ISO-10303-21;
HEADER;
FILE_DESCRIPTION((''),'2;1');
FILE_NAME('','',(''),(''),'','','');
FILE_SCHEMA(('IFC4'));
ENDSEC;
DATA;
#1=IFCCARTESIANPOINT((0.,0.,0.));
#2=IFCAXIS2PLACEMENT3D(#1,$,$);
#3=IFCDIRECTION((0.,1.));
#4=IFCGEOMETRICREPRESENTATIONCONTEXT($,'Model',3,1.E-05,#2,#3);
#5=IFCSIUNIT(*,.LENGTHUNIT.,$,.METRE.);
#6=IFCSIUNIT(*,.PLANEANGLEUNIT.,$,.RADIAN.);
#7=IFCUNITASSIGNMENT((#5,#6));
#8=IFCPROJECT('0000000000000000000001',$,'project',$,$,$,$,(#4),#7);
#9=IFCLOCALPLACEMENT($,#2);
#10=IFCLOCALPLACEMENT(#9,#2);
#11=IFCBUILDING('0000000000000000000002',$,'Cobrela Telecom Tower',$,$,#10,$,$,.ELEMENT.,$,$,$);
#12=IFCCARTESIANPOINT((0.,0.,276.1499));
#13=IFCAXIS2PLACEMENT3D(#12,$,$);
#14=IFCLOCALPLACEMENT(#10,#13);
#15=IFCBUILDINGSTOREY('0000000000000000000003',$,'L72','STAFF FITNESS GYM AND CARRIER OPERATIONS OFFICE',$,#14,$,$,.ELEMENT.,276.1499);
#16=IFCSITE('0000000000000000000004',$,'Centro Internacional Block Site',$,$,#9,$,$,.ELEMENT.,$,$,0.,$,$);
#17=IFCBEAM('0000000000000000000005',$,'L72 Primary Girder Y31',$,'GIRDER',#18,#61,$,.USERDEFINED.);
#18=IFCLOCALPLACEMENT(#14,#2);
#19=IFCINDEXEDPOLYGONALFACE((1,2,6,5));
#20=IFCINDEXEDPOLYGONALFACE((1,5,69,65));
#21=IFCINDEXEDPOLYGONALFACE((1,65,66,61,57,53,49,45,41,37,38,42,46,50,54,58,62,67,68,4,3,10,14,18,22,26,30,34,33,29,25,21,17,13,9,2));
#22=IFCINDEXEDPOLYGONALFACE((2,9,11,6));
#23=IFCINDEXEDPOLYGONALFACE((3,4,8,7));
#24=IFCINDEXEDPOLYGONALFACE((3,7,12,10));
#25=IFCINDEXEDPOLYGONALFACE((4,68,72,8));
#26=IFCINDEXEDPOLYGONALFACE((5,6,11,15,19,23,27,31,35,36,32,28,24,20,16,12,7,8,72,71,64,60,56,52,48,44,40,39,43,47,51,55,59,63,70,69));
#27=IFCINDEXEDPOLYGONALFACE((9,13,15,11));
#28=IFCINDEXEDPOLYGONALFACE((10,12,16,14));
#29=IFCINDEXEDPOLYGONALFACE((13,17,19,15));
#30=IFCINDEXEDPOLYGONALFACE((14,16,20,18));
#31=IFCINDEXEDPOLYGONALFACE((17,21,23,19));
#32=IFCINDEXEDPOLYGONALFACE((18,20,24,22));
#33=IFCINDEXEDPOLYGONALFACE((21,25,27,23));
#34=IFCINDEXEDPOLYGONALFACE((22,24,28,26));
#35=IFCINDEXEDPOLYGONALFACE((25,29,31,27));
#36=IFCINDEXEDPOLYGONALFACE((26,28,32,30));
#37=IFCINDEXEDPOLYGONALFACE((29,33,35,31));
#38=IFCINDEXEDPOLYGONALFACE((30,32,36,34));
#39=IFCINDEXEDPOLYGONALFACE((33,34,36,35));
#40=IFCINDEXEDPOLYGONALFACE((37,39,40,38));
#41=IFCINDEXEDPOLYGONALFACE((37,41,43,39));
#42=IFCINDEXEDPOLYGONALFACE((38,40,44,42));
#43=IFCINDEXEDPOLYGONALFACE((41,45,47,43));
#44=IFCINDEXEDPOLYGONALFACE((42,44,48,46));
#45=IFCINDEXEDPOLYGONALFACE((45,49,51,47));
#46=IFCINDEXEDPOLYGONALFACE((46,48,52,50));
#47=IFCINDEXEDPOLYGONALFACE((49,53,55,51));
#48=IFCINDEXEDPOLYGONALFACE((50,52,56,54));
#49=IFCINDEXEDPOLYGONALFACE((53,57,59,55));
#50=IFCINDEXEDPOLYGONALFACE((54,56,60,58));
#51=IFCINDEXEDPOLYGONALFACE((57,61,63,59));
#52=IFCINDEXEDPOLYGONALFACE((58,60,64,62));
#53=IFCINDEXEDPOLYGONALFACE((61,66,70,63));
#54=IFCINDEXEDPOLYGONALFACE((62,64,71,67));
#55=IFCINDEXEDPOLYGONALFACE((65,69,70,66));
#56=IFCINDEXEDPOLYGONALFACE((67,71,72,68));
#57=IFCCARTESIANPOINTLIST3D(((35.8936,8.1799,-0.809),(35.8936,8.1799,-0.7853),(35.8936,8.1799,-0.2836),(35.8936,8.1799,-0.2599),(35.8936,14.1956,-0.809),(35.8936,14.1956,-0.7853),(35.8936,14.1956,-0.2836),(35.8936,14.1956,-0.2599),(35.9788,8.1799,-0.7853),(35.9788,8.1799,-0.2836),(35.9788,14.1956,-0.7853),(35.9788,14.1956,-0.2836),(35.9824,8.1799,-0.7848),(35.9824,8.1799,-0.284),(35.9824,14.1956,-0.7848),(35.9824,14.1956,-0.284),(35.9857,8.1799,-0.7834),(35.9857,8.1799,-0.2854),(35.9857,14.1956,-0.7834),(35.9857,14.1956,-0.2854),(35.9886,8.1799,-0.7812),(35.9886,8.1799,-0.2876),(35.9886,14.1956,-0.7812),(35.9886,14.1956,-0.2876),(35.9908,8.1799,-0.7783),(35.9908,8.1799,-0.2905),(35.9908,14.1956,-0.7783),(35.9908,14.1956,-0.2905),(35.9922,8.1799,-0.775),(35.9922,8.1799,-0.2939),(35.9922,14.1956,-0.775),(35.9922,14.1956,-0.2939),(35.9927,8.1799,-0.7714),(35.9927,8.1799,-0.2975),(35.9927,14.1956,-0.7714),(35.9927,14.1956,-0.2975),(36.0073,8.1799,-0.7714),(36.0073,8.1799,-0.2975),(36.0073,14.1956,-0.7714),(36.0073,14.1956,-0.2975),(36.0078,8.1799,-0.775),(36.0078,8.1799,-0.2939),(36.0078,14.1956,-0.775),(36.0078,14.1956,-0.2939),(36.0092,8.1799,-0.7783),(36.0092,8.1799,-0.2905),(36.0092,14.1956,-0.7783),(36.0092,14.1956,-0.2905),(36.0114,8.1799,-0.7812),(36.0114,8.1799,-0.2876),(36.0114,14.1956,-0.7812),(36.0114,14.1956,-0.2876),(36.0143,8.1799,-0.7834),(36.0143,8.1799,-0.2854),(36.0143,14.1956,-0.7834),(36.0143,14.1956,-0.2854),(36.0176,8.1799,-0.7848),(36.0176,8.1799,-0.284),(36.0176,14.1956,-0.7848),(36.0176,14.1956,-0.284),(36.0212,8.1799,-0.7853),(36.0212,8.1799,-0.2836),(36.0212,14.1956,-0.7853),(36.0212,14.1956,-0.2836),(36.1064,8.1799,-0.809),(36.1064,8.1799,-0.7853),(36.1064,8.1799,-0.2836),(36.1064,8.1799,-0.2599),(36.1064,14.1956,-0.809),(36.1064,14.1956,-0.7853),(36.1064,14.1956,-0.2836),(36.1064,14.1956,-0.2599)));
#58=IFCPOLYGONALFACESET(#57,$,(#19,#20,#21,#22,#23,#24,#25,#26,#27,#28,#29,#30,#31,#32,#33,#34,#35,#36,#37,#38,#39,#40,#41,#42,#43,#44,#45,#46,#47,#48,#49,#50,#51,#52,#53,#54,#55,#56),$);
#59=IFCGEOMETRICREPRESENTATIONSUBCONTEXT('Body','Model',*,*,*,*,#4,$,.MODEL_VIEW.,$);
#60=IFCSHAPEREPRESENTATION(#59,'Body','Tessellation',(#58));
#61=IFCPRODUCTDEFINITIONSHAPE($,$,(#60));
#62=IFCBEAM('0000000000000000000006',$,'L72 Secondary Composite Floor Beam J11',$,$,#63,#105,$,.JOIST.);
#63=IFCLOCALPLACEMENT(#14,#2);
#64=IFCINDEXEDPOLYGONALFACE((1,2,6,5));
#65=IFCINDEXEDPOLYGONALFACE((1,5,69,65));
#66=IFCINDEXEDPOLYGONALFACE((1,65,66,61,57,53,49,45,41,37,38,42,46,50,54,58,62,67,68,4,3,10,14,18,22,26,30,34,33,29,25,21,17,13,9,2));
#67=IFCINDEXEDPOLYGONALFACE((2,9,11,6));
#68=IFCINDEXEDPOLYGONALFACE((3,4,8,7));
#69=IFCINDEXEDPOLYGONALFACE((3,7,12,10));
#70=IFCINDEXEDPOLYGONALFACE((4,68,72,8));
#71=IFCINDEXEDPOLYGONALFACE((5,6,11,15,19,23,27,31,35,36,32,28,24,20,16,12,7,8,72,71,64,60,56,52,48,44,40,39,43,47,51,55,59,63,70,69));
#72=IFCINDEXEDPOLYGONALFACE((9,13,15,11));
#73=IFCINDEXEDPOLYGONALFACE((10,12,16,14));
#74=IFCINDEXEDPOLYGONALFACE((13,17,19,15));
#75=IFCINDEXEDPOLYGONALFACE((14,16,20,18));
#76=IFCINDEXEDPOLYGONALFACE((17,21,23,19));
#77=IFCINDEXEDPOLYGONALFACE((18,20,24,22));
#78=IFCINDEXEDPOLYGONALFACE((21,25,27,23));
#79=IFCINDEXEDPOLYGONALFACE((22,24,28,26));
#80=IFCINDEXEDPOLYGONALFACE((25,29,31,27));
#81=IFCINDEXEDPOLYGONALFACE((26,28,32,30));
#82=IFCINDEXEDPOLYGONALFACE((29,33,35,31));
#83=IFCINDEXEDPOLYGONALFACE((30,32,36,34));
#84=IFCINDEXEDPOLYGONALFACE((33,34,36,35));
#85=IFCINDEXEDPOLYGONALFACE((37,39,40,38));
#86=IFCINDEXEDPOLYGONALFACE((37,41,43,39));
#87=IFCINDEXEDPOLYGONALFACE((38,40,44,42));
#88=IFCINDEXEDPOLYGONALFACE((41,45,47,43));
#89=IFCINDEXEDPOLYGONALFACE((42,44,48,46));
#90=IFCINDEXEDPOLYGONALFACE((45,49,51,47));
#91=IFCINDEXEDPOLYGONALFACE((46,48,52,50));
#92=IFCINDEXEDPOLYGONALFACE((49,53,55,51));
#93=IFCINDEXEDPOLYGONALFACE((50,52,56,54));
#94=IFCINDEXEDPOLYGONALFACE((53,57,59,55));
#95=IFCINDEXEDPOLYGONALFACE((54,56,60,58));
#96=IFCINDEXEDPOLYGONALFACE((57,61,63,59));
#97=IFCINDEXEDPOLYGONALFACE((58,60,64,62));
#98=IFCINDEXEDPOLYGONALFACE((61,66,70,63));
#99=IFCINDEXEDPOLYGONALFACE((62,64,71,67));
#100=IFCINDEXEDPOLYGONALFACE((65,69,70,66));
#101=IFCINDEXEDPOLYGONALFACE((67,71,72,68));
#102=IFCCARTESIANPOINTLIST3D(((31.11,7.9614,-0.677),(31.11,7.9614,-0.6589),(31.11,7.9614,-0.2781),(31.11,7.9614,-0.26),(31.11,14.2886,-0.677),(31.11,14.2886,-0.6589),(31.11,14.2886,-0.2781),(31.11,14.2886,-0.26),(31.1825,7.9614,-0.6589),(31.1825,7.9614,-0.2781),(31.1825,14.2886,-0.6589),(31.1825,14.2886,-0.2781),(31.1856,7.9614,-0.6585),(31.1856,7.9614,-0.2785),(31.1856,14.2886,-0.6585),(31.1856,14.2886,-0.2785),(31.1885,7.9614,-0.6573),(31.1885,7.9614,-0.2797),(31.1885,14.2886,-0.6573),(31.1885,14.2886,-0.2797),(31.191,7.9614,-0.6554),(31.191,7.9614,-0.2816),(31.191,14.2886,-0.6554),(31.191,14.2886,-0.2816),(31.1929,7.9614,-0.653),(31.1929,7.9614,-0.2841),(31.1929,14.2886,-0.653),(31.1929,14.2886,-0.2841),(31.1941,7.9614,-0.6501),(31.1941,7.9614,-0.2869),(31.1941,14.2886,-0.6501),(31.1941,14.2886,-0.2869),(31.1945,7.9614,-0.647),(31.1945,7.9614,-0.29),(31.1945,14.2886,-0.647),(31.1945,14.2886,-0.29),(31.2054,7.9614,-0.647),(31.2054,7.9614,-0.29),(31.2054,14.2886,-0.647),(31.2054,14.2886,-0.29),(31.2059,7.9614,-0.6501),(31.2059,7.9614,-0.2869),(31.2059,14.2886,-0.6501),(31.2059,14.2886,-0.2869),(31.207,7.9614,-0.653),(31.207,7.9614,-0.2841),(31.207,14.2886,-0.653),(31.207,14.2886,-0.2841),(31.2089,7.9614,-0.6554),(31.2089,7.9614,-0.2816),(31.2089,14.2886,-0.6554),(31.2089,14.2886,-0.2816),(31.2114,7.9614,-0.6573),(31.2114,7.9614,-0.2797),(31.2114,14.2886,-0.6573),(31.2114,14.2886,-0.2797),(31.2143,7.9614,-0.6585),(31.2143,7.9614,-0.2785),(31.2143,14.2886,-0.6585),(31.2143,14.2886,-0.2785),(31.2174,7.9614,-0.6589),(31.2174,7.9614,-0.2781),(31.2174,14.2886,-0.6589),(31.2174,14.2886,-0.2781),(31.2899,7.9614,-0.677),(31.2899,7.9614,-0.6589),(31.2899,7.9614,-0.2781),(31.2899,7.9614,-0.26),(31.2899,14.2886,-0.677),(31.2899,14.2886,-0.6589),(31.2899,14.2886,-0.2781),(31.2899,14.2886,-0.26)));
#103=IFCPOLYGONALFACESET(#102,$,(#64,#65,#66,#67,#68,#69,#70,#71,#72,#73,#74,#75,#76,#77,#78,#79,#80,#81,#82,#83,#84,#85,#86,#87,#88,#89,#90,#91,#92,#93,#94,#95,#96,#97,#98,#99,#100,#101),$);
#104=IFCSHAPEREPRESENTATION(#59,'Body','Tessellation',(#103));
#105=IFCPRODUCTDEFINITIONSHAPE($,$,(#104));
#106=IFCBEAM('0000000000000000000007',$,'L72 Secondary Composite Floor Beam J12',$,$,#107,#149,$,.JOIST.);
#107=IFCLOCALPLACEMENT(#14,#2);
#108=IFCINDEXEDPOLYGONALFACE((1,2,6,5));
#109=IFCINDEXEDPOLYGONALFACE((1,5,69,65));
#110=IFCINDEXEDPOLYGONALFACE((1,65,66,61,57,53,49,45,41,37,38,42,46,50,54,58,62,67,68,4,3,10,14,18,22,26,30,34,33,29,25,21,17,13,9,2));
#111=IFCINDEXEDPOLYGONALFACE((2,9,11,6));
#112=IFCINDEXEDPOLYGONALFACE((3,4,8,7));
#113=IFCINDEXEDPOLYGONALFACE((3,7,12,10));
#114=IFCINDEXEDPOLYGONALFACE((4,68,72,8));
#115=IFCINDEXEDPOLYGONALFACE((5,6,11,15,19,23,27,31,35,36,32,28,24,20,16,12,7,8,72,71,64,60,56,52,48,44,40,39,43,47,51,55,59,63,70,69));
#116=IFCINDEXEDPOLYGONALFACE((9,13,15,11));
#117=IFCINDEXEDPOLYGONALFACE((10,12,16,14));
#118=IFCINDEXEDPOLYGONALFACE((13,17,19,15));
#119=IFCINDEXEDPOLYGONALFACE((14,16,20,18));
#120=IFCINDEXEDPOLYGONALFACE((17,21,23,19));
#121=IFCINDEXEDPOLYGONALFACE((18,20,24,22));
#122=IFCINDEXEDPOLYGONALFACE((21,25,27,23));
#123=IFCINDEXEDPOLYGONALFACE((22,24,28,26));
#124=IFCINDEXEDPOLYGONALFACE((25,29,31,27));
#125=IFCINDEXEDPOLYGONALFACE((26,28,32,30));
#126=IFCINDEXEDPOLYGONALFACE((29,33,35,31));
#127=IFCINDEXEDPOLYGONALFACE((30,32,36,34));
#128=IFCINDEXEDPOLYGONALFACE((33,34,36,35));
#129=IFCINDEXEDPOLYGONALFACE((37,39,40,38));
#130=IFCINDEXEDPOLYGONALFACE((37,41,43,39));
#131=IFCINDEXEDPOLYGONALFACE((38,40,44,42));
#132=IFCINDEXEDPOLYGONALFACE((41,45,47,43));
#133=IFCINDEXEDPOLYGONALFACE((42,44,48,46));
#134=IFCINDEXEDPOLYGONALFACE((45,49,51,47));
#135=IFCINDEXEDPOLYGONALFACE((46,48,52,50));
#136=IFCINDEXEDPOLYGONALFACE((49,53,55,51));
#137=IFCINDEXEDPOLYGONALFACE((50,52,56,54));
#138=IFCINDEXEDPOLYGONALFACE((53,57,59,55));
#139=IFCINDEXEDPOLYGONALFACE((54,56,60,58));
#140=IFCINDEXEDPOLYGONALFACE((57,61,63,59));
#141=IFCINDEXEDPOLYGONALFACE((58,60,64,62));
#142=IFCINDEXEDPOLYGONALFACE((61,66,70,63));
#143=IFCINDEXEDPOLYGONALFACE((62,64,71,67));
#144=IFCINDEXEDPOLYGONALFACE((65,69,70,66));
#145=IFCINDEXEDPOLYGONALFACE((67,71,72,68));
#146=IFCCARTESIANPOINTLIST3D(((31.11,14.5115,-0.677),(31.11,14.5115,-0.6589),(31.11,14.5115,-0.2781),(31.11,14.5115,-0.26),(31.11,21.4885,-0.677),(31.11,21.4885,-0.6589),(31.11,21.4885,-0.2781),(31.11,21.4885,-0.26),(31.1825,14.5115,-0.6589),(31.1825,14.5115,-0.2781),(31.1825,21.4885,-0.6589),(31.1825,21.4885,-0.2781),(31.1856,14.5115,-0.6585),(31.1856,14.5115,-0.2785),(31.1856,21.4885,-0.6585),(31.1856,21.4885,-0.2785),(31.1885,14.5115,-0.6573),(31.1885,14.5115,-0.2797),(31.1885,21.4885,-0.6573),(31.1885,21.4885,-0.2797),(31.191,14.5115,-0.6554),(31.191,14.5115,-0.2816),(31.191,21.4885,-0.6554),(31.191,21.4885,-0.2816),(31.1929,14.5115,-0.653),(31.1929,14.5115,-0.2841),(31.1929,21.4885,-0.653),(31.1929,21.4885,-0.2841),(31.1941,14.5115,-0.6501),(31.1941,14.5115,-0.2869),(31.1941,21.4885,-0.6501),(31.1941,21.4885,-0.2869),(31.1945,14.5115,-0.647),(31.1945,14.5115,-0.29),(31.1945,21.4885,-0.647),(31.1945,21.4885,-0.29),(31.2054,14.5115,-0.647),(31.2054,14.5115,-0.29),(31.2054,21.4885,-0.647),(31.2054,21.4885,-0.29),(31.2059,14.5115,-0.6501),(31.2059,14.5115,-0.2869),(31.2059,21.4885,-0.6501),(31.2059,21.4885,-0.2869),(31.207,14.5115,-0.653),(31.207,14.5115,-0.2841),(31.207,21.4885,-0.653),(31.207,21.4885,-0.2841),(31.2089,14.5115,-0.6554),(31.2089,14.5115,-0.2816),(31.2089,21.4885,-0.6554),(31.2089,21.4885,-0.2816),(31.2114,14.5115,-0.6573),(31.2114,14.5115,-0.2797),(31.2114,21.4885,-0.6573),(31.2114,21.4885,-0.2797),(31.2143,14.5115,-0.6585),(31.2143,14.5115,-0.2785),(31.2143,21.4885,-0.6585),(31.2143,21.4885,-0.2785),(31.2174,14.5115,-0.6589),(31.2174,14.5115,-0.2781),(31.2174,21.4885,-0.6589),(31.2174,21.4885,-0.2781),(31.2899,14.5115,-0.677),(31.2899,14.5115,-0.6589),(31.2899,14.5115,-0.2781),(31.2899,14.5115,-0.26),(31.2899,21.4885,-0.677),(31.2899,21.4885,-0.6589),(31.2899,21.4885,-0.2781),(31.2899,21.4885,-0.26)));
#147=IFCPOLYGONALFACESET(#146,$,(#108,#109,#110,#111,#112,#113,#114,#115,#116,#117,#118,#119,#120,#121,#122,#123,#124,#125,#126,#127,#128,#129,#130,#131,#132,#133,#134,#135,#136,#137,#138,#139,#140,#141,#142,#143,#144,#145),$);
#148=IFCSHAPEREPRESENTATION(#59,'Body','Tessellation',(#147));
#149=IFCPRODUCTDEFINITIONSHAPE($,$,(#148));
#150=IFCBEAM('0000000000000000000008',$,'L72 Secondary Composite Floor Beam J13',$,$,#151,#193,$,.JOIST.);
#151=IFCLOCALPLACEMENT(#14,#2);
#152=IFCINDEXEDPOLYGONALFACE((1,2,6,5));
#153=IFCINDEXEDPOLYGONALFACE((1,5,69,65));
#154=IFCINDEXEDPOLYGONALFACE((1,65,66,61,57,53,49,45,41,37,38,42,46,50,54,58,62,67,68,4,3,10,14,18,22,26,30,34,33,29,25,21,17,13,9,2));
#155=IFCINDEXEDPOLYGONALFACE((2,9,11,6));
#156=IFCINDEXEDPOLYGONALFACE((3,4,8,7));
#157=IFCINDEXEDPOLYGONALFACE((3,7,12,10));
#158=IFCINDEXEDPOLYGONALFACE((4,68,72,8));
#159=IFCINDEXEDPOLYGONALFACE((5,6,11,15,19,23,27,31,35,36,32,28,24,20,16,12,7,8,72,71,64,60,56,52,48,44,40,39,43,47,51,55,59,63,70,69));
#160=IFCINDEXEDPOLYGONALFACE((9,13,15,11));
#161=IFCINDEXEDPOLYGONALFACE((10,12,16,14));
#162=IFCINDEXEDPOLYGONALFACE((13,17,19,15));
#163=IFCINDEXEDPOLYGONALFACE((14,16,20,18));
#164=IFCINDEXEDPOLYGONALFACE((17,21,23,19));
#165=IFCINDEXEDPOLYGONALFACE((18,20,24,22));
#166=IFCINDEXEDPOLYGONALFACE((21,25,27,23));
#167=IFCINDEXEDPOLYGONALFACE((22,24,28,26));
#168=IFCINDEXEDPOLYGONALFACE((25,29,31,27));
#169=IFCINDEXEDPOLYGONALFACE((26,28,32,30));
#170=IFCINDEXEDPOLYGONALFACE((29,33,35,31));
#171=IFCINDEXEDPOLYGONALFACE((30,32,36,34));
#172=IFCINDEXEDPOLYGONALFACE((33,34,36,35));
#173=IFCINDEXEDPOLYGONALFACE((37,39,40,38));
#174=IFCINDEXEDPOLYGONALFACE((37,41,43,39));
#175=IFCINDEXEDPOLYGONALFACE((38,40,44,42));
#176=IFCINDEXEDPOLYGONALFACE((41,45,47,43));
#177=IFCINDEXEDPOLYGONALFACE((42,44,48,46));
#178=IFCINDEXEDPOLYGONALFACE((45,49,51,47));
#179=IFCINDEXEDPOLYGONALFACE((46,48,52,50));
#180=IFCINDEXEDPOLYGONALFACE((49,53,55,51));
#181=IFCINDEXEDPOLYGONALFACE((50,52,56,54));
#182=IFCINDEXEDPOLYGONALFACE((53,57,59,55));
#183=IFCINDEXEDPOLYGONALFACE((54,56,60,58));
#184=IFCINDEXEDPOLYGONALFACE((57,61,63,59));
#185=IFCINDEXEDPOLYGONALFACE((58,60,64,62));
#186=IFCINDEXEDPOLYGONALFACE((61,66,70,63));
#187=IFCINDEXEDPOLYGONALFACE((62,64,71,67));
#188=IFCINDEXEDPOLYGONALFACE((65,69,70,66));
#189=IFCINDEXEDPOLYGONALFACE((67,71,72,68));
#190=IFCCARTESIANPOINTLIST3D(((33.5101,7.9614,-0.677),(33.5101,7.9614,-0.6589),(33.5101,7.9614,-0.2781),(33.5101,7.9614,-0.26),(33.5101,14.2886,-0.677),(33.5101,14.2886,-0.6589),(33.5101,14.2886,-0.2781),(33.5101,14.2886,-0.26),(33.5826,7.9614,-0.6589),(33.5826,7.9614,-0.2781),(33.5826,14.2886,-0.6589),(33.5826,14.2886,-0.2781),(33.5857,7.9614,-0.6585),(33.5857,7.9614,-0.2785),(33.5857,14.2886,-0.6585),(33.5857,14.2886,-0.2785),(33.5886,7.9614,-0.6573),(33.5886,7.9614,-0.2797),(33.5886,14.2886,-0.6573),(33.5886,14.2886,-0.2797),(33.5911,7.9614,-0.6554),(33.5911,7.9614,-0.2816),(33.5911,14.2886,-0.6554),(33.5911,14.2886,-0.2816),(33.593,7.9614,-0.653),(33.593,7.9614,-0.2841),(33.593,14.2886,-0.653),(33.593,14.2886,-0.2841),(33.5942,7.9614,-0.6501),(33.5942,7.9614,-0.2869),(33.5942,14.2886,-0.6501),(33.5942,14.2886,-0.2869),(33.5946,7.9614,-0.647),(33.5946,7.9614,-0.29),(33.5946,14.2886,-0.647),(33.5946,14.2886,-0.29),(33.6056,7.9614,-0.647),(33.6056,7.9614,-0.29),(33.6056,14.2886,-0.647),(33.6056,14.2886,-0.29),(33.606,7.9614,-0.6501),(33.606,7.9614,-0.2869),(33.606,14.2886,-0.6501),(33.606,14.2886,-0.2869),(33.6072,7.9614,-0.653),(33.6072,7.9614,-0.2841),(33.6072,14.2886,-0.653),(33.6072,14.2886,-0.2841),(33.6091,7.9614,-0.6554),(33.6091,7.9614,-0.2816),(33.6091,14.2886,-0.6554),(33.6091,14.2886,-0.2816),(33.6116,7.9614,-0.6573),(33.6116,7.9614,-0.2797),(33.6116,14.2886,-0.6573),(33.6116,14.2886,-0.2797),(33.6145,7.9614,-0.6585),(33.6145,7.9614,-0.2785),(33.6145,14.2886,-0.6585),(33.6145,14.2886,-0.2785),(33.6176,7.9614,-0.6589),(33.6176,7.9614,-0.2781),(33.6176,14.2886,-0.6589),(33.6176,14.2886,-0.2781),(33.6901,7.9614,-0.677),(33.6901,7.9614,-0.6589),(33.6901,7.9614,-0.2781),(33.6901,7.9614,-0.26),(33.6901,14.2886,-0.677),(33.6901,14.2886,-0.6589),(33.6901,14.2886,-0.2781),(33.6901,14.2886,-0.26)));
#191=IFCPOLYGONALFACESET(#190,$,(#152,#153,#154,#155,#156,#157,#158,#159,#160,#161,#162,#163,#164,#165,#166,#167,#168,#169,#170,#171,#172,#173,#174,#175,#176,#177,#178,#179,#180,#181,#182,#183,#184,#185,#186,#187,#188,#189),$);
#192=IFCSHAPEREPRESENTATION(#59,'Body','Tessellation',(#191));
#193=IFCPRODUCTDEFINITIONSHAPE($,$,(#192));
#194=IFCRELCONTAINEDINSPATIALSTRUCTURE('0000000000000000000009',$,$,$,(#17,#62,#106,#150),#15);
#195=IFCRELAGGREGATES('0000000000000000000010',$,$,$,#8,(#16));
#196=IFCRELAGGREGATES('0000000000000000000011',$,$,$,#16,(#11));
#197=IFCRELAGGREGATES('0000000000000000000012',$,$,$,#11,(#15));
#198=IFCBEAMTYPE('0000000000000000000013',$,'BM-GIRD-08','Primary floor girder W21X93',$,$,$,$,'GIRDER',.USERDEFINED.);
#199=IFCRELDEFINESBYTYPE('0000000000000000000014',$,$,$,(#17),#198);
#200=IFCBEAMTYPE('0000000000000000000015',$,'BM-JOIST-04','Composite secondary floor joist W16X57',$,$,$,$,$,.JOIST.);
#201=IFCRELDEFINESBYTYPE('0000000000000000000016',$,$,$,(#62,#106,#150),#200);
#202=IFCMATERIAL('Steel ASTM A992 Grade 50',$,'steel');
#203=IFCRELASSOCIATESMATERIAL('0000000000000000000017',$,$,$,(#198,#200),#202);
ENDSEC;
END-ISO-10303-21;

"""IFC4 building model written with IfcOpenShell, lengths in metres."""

from ifc_helpers import new_model, si_unit, direction, frame, origin, origin_2d, place, context, subcontext, project, spatial, i_section, extrude, material, material_profile, profile_set, type_object, element, save


model = new_model("IFC4")

# Units and contexts
model_context = context("Model", 3, precision=1e-05, world=origin(), true_north=direction((0.0, 1.0)))
body_context = subcontext(model_context, "Body", "Model", "MODEL_VIEW")
ifc_project = project(units=[si_unit("LENGTHUNIT", "METRE"), si_unit("PLANEANGLEUNIT", "RADIAN")], contexts=[model_context])

# Site, building, storey
site_placement = place(None, origin())
site = spatial("IfcSite", under=ifc_project, at=site_placement, Name="Centro Internacional Block Site", CompositionType="ELEMENT", RefElevation=0.0)
building_placement = place(site_placement, origin())
building = spatial("IfcBuilding", under=site, at=building_placement, Name="Cobrela Telecom Tower", CompositionType="ELEMENT")
storey_placement = place(building_placement, frame((0.0, 0.0, 276.1499)))
storey = spatial("IfcBuildingStorey", under=building, at=storey_placement, Name="L72", Description="STAFF FITNESS GYM AND CARRIER OPERATIONS OFFICE", CompositionType="ELEMENT", Elevation=276.1499)

# Shared definitions
ifc_material_1 = material(Name="Steel ASTM A992 Grade 50", Category="steel")

# Beams
ifc_material_profile_1 = material_profile(ifc_material_1, i_section(OverallWidth=0.2129, OverallDepth=0.5491, WebThickness=0.0146, FlangeThickness=0.0237, FilletRadius=0.0139, at=origin_2d()), Name="W21X93")
ifc_profile_set_1 = profile_set([ifc_material_profile_1], Name="Steel ASTM A992 Grade 50")
beam_type_1 = type_object("IfcBeamType", Name="BM-GIRD-08", Description="Primary floor girder W21X93", ElementType="GIRDER", PredefinedType="USERDEFINED", material=ifc_profile_set_1)
beam_1_placement = place(storey_placement, frame((36.0, 8.1799, -0.5344), z_axis=(0.0, 1.0, 0.0), x_axis=(-1.0, 0.0, 0.0)))
element("IfcBeam", 1, at=beam_1_placement, inside=storey, type_object=beam_type_1, Name="L72 Primary Girder Y31", ObjectType="GIRDER", PredefinedType="USERDEFINED", context=body_context, shape_type="SweptSolid", body=[
    extrude(i_section(OverallWidth=0.2129, OverallDepth=0.5491, WebThickness=0.0146, FlangeThickness=0.0237, FilletRadius=0.0139, at=origin_2d()), origin(), (0.0, 0.0, 1.0), 6.0156),
])
ifc_material_profile_2 = material_profile(ifc_material_1, i_section(OverallWidth=0.1799, OverallDepth=0.417, WebThickness=0.011, FlangeThickness=0.0181, FilletRadius=0.012, at=origin_2d()), Name="W16X57")
ifc_profile_set_2 = profile_set([ifc_material_profile_2], Name="Steel ASTM A992 Grade 50")
beam_type_2 = type_object("IfcBeamType", Name="BM-JOIST-04", Description="Composite secondary floor joist W16X57", PredefinedType="JOIST", material=ifc_profile_set_2)
beam_2_placement = place(storey_placement, frame((31.2, 7.9614, -0.4685), z_axis=(0.0, 1.0, 0.0), x_axis=(-1.0, 0.0, 0.0)))
element("IfcBeam", 2, at=beam_2_placement, inside=storey, type_object=beam_type_2, Name="L72 Secondary Composite Floor Beam J11", PredefinedType="JOIST", context=body_context, shape_type="SweptSolid", body=[
    extrude(i_section(OverallWidth=0.1799, OverallDepth=0.417, WebThickness=0.011, FlangeThickness=0.0181, FilletRadius=0.012, at=origin_2d()), origin(), (0.0, 0.0, 1.0), 6.3271),
])
beam_3_placement = place(storey_placement, frame((31.2, 14.5115, -0.4685), z_axis=(0.0, 1.0, 0.0), x_axis=(-1.0, 0.0, 0.0)))
element("IfcBeam", 3, at=beam_3_placement, inside=storey, type_object=beam_type_2, Name="L72 Secondary Composite Floor Beam J12", PredefinedType="JOIST", context=body_context, shape_type="SweptSolid", body=[
    extrude(i_section(OverallWidth=0.1799, OverallDepth=0.417, WebThickness=0.011, FlangeThickness=0.0181, FilletRadius=0.012, at=origin_2d()), origin(), (0.0, 0.0, 1.0), 6.9771),
])
beam_4_placement = place(storey_placement, frame((33.6001, 7.9614, -0.4685), z_axis=(0.0, 1.0, 0.0), x_axis=(-1.0, 0.0, 0.0)))
element("IfcBeam", 4, at=beam_4_placement, inside=storey, type_object=beam_type_2, Name="L72 Secondary Composite Floor Beam J13", PredefinedType="JOIST", context=body_context, shape_type="SweptSolid", body=[
    extrude(i_section(OverallWidth=0.1799, OverallDepth=0.417, WebThickness=0.011, FlangeThickness=0.0181, FilletRadius=0.012, at=origin_2d()), origin(), (0.0, 0.0, 1.0), 6.3271),
])

save(model, "model.ifc")
